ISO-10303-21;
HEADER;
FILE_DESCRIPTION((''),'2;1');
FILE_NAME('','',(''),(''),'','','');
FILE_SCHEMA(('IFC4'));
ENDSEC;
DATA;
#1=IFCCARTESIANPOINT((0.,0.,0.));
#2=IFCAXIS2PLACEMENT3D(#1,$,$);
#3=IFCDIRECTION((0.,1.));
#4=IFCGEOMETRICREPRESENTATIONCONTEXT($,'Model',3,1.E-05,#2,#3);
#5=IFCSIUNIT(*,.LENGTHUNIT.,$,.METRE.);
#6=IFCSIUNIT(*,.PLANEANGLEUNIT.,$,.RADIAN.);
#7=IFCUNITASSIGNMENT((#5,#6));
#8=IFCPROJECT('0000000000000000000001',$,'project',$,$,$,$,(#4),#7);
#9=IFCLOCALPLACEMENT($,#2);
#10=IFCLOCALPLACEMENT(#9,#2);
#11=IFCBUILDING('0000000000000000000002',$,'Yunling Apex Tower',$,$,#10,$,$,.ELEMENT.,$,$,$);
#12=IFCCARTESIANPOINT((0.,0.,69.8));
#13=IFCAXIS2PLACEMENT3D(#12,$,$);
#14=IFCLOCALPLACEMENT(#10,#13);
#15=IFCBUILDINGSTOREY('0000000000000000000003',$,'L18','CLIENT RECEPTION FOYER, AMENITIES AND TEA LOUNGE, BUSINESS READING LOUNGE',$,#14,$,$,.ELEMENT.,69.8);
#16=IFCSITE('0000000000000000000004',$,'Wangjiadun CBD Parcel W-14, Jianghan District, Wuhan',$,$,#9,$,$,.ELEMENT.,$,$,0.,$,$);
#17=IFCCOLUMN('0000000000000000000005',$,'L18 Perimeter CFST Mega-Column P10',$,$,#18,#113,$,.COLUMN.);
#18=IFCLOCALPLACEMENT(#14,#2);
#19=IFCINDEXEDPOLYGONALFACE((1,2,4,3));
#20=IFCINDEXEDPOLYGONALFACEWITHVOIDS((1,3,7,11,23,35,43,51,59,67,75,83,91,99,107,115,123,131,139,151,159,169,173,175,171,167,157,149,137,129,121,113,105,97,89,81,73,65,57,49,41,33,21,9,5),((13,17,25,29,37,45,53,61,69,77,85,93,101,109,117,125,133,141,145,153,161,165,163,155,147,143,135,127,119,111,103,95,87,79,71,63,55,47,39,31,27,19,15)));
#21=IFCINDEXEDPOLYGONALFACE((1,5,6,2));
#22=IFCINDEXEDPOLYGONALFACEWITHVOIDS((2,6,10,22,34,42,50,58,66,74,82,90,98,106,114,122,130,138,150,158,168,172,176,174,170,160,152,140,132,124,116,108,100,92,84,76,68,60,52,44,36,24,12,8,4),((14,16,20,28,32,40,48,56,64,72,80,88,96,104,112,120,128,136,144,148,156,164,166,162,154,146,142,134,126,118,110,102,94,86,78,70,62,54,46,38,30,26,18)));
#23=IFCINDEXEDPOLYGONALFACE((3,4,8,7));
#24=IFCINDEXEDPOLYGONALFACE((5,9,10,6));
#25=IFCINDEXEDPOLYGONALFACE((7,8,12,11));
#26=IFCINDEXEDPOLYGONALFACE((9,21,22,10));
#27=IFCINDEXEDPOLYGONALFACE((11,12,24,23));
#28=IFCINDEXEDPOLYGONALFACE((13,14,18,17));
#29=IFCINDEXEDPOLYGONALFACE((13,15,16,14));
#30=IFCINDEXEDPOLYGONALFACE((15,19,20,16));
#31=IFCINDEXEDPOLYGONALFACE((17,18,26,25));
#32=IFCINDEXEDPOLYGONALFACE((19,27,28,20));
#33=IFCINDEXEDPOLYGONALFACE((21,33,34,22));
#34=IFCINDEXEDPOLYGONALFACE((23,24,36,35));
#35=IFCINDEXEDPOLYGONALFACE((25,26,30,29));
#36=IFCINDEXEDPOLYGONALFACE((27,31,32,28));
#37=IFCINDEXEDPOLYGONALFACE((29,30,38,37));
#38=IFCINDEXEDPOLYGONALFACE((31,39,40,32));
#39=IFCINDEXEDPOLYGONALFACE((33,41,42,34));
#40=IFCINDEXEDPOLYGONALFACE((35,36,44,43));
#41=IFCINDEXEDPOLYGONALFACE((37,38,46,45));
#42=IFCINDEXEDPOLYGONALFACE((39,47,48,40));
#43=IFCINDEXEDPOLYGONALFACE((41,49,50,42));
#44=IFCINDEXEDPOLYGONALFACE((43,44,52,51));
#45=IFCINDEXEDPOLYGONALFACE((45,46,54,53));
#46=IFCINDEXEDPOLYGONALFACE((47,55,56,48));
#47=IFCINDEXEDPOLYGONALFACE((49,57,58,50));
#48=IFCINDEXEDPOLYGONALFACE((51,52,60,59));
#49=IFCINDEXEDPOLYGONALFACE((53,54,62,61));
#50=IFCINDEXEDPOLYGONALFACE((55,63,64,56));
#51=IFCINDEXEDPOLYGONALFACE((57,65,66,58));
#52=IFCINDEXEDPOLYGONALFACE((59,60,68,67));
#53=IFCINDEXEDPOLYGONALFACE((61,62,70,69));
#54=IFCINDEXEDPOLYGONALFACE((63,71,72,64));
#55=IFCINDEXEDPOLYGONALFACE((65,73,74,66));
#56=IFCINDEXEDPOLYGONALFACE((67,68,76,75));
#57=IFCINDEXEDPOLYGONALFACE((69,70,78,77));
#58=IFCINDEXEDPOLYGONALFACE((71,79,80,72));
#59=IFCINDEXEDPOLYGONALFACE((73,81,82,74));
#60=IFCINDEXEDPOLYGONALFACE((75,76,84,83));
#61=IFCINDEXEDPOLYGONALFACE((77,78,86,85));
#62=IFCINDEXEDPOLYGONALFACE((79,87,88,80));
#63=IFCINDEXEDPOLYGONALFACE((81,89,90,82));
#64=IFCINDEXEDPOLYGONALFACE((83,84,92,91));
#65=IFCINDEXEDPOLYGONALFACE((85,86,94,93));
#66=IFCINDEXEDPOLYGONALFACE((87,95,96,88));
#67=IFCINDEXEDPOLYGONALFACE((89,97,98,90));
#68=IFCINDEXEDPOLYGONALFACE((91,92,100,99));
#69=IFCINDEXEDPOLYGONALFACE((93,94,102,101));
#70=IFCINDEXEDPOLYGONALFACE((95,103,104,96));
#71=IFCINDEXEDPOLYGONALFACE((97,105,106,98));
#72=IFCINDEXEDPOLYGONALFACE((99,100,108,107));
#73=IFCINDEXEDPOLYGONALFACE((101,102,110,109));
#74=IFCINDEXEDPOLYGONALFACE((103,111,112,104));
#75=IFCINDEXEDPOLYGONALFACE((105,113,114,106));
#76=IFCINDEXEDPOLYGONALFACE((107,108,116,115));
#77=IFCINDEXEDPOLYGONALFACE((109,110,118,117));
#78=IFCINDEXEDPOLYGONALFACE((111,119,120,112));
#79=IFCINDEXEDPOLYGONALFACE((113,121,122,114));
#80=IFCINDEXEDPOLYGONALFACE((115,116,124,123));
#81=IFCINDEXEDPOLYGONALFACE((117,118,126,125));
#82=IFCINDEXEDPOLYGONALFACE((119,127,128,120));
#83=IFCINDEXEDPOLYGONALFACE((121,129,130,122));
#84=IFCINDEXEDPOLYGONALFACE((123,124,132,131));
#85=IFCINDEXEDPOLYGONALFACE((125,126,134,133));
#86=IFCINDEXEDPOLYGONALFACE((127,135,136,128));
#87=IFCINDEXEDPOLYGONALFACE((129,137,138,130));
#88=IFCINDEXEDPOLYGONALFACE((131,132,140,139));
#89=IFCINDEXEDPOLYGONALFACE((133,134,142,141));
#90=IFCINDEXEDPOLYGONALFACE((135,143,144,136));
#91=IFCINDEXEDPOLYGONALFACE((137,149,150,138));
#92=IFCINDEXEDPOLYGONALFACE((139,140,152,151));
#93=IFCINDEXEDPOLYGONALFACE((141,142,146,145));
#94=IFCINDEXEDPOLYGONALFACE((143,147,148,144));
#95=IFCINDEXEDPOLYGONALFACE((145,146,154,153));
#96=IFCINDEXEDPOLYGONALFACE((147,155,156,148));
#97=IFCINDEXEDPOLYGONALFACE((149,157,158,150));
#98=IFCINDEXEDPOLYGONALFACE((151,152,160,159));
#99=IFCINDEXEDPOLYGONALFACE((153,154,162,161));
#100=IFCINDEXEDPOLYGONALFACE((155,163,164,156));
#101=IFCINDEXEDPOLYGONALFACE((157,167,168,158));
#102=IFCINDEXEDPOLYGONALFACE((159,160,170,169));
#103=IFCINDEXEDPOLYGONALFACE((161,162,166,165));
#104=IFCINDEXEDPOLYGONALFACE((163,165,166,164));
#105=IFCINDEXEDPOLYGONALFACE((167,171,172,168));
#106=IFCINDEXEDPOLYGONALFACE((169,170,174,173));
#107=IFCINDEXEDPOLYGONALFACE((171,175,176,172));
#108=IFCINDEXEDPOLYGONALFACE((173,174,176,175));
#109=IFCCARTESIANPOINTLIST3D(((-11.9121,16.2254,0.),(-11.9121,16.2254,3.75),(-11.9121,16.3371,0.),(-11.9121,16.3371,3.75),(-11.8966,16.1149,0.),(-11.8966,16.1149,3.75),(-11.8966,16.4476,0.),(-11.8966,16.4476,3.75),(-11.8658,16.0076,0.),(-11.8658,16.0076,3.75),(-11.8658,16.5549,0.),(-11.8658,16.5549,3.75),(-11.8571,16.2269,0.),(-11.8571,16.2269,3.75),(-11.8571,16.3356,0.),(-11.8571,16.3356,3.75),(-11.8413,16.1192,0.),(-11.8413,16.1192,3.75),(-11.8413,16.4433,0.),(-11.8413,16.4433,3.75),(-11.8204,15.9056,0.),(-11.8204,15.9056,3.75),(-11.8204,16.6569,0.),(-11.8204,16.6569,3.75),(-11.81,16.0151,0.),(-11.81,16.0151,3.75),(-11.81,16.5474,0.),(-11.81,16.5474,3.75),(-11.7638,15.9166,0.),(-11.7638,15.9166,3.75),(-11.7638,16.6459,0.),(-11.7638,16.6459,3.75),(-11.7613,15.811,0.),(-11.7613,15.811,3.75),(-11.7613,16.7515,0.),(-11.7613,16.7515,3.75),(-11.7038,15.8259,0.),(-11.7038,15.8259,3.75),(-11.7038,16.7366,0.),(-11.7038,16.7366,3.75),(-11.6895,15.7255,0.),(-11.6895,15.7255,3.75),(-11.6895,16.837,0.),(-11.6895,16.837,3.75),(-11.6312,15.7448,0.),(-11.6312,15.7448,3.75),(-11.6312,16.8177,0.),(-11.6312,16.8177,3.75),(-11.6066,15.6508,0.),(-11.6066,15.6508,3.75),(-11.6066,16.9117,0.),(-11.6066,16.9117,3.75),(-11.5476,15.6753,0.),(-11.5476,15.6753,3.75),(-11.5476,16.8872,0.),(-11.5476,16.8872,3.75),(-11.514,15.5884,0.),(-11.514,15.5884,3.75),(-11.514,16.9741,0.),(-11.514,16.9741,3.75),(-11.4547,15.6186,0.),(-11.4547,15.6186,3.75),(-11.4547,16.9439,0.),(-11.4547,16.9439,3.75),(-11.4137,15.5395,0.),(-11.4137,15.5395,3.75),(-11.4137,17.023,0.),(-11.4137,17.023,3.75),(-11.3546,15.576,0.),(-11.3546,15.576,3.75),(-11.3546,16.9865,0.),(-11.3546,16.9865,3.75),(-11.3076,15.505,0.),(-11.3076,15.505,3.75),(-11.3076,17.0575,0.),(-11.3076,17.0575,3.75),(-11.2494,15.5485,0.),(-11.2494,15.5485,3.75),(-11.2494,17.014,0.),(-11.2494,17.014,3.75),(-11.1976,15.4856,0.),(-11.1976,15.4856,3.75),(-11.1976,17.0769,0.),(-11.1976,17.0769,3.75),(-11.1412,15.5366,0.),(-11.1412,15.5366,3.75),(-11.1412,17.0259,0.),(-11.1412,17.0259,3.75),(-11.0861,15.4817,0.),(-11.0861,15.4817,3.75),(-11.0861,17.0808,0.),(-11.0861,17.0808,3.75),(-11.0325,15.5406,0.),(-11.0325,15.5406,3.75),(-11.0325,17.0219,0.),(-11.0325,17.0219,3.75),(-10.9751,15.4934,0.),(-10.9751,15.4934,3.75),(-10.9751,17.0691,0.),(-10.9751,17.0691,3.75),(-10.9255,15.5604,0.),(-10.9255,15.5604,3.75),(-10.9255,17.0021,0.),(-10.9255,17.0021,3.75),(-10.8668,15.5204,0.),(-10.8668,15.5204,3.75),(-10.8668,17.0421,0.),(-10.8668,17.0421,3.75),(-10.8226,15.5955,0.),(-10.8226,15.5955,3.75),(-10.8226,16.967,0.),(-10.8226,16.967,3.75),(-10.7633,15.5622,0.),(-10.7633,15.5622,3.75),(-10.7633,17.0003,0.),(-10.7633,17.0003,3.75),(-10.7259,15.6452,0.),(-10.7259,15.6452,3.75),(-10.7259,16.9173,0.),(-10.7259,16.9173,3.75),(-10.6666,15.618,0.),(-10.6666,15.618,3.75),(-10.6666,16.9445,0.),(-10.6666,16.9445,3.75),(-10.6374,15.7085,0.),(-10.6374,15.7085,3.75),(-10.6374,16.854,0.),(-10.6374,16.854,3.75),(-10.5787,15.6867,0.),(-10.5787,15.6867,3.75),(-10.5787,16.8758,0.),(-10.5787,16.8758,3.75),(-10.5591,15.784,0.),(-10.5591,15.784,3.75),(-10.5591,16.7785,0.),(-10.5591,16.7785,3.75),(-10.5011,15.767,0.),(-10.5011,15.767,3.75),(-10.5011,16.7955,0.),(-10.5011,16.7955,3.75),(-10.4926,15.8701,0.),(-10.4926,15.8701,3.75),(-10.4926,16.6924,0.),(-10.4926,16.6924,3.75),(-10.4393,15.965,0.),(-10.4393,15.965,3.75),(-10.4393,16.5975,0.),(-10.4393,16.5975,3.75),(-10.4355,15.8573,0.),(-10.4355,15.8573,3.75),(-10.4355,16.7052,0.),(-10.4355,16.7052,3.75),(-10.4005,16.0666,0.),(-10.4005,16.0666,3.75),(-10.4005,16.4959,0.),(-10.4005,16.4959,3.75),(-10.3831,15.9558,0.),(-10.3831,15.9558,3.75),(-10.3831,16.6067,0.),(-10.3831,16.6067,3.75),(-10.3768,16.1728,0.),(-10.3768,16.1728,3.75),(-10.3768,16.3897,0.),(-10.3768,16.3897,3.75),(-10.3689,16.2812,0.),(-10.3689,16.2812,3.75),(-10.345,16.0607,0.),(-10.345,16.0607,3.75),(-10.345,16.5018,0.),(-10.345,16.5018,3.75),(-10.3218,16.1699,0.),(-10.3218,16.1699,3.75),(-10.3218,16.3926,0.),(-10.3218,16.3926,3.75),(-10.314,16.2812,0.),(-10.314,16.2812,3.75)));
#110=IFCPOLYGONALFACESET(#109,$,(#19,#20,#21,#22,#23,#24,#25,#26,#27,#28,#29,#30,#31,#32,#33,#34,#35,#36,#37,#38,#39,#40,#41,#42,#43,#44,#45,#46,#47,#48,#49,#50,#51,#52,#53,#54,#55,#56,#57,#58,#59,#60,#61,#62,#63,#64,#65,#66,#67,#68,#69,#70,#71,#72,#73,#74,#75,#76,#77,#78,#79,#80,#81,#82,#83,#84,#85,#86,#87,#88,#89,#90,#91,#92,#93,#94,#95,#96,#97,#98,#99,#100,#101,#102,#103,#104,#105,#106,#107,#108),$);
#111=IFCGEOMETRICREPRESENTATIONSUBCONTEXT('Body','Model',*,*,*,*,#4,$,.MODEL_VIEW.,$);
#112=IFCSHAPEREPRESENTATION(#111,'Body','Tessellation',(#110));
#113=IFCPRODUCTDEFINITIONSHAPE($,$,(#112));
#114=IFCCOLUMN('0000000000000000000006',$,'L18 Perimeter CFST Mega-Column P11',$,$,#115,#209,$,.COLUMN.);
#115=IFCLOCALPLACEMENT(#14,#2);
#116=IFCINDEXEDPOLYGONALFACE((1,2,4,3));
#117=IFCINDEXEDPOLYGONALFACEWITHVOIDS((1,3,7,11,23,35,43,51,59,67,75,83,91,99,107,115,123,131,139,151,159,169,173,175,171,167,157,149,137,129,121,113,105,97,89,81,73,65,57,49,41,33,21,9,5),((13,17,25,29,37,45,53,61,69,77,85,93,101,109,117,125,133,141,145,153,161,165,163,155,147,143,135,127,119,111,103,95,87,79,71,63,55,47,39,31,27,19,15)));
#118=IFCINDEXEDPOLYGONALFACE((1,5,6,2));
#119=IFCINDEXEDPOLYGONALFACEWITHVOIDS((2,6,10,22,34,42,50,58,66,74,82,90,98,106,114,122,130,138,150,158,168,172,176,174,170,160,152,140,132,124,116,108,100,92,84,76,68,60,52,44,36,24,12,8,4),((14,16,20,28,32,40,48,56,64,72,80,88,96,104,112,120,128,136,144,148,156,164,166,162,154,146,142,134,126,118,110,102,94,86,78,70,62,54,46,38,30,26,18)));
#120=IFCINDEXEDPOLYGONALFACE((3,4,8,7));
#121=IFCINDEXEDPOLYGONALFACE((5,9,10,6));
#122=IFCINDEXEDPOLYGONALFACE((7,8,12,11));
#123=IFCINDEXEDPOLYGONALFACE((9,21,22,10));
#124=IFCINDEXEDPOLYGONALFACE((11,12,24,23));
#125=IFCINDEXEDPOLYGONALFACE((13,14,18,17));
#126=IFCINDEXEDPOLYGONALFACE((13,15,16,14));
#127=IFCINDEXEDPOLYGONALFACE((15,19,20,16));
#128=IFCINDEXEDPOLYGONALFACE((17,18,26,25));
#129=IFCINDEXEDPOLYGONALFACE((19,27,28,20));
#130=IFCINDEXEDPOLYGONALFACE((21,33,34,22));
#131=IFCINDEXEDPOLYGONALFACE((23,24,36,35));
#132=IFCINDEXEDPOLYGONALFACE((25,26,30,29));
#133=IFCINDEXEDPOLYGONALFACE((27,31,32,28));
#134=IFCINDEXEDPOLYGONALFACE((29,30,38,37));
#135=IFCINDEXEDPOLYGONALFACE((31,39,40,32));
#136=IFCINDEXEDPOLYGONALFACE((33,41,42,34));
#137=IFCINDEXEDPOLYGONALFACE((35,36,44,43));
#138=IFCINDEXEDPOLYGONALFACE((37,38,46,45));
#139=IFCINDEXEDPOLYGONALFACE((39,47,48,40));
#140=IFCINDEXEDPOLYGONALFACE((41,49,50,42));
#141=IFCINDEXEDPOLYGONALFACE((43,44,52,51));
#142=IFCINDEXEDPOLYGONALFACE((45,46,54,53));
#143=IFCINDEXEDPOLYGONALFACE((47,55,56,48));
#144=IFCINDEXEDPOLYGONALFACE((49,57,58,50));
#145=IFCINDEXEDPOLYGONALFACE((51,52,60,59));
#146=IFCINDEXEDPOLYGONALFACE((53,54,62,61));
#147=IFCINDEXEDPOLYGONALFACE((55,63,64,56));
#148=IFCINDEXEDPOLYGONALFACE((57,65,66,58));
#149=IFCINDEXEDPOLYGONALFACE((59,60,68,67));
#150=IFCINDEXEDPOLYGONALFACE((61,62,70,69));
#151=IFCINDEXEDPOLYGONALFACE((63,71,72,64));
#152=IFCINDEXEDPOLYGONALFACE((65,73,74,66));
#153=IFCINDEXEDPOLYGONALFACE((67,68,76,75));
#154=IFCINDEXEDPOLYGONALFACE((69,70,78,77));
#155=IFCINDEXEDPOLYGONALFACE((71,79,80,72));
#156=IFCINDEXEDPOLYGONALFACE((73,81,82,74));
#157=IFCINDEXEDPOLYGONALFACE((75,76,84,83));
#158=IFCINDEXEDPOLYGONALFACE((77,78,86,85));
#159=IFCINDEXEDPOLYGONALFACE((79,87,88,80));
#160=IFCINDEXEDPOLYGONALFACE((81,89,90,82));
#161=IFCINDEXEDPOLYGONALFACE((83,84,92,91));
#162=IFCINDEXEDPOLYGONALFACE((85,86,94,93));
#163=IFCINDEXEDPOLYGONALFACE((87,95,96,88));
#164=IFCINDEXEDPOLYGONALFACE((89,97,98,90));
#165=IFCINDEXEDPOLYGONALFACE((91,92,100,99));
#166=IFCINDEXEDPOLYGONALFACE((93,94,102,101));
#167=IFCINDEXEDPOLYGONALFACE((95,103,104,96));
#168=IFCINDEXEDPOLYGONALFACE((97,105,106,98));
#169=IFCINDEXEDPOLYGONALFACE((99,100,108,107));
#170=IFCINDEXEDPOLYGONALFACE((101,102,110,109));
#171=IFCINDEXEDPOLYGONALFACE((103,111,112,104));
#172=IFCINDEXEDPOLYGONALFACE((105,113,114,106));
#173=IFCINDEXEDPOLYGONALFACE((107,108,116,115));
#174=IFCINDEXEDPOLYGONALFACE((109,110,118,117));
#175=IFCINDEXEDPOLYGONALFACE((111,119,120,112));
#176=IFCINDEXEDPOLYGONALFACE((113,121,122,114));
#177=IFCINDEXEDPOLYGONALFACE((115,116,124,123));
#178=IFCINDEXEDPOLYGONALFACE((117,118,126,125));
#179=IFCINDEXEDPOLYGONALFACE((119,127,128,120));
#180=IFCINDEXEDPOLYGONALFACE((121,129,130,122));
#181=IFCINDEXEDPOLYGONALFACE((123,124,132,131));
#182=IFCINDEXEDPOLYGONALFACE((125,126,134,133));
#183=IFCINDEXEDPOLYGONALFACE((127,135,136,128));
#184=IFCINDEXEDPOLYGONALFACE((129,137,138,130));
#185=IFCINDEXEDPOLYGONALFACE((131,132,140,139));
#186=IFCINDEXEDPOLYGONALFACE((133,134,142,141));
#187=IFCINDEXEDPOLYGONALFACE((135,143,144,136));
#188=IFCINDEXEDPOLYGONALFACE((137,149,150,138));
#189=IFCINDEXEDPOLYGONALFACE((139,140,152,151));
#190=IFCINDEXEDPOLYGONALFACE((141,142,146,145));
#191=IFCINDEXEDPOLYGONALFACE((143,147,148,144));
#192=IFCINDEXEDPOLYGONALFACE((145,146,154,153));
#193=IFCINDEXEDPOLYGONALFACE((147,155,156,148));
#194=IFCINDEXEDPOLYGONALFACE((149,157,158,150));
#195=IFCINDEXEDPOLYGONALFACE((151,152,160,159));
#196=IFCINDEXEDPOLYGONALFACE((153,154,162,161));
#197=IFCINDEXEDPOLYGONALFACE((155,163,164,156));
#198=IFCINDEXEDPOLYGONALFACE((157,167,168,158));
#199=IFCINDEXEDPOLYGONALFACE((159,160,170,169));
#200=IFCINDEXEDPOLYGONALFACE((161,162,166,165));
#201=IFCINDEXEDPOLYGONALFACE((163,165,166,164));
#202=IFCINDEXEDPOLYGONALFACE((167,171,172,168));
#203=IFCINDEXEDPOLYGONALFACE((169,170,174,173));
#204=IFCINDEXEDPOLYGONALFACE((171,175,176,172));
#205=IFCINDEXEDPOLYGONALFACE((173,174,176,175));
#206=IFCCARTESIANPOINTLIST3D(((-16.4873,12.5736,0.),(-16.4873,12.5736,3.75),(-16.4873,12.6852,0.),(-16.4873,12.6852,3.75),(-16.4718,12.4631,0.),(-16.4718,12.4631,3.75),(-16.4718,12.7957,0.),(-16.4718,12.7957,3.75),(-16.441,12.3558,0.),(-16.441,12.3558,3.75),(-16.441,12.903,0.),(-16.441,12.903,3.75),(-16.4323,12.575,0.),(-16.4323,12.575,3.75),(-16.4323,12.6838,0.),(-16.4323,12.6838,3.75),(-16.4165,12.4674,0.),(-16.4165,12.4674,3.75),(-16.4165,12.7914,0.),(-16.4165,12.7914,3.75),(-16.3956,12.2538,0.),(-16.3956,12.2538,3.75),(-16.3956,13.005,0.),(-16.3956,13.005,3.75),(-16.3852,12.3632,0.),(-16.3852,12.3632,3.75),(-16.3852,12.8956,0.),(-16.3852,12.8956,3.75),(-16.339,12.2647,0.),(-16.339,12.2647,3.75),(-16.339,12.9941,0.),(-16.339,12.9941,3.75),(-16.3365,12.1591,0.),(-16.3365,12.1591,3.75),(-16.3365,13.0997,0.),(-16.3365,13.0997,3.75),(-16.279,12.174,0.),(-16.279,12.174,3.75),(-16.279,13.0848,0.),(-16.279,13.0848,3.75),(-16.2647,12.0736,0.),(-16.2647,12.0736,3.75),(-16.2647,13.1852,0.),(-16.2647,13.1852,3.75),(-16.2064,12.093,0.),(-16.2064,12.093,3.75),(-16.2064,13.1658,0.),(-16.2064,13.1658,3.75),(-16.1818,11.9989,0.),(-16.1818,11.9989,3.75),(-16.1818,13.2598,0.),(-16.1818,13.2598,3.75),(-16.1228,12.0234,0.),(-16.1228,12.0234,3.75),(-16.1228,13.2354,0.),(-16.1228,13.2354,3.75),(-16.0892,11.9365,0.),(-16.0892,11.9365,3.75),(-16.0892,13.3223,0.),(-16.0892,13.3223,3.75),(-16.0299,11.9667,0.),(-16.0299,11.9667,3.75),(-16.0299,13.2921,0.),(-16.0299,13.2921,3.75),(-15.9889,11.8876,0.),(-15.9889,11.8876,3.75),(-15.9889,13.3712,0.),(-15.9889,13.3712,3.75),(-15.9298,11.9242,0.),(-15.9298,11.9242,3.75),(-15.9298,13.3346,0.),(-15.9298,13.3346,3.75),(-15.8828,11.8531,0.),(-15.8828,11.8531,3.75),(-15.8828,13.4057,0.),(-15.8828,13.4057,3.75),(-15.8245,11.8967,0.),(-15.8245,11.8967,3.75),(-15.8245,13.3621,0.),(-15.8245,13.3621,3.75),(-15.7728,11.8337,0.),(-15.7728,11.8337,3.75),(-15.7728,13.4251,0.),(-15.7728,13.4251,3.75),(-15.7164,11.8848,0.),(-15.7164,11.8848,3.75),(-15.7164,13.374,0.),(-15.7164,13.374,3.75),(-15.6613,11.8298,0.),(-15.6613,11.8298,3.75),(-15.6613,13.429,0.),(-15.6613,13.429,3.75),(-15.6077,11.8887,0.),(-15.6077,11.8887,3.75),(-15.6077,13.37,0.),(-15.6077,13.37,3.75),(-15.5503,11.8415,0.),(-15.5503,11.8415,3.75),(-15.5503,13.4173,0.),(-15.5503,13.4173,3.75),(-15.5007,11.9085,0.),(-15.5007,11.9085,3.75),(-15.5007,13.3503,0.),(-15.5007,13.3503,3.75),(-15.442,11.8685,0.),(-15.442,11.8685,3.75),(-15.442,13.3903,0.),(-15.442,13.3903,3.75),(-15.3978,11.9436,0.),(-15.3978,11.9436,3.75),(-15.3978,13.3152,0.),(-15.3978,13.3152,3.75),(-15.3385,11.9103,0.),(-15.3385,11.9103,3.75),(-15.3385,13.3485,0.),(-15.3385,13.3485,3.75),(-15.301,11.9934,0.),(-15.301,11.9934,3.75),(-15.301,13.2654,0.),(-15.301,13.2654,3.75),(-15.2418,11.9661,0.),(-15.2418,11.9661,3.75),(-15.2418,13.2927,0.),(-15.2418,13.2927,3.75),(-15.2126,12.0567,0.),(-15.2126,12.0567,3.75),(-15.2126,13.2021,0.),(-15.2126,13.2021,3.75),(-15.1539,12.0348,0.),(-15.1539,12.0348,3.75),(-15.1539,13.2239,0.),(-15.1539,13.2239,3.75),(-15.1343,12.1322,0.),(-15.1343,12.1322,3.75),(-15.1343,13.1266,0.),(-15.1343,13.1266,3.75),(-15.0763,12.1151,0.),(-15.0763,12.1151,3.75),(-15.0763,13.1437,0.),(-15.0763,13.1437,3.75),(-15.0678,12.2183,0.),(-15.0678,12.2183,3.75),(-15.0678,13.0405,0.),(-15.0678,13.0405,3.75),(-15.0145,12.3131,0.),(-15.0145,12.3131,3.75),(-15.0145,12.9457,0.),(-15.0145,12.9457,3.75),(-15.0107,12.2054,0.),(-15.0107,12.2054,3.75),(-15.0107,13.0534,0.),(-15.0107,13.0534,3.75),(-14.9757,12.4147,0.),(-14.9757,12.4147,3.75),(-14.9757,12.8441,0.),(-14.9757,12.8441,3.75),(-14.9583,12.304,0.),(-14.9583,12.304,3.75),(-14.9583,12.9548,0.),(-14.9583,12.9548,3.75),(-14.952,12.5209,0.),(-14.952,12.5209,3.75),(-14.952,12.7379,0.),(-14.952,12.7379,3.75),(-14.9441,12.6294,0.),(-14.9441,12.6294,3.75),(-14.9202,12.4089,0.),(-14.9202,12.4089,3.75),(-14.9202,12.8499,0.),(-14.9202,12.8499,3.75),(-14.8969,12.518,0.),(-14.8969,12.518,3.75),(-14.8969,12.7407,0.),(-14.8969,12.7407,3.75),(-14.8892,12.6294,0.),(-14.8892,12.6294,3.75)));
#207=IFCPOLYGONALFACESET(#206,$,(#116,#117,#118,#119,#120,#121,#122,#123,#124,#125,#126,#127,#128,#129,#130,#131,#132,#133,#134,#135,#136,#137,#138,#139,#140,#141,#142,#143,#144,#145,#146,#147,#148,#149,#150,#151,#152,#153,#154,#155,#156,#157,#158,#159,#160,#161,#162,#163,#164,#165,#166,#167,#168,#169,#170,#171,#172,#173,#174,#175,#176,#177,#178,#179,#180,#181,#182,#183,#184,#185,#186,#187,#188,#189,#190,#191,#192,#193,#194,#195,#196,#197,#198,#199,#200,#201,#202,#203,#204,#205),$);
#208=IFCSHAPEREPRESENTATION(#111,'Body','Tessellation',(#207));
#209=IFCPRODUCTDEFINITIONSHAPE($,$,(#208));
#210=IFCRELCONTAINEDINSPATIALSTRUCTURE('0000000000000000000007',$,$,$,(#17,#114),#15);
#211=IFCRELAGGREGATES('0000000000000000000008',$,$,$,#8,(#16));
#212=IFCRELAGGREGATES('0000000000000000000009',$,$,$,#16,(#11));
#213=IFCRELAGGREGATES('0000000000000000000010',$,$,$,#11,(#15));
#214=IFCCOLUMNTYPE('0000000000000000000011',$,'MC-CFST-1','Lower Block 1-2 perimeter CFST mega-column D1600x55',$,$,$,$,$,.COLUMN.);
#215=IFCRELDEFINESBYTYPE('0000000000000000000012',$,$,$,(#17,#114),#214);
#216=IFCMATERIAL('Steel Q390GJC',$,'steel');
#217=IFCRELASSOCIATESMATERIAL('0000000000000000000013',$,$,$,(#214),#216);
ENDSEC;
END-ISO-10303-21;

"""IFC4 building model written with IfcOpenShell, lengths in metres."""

from ifc_helpers import new_model, si_unit, direction, frame, origin, origin_2d, place, context, subcontext, project, spatial, hollow_circle, extrude, source, transform, mapped, material, material_profile, profile_set, type_object, element, save


model = new_model("IFC4")

# Units and contexts
model_context = context("Model", 3, precision=1e-05, world=origin(), true_north=direction((0.0, 1.0)))
body_context = subcontext(model_context, "Body", "Model", "MODEL_VIEW")
ifc_project = project(units=[si_unit("LENGTHUNIT", "METRE"), si_unit("PLANEANGLEUNIT", "RADIAN")], contexts=[model_context])

# Site, building, storey
site_placement = place(None, origin())
site = spatial("IfcSite", under=ifc_project, at=site_placement, Name="Wangjiadun CBD Parcel W-14, Jianghan District, Wuhan", CompositionType="ELEMENT", RefElevation=0.0)
building_placement = place(site_placement, origin())
building = spatial("IfcBuilding", under=site, at=building_placement, Name="Yunling Apex Tower", CompositionType="ELEMENT")
storey_placement = place(building_placement, frame((0.0, 0.0, 69.8)))
storey = spatial("IfcBuildingStorey", under=building, at=storey_placement, Name="L18", Description="CLIENT RECEPTION FOYER, AMENITIES AND TEA LOUNGE, BUSINESS READING LOUNGE", CompositionType="ELEMENT", Elevation=69.8)

# Columns
ifc_material_1 = material(Name="Steel Q390GJC", Category="steel")
ifc_material_profile_1 = material_profile(ifc_material_1, hollow_circle(Radius=0.8, WallThickness=0.0549, at=origin_2d()))
ifc_profile_set_1 = profile_set([ifc_material_profile_1], Name="Steel Q390GJC")
column_type = type_object("IfcColumnType", Name="MC-CFST-1", Description="Lower Block 1-2 perimeter CFST mega-column D1600x55", PredefinedType="COLUMN", material=ifc_profile_set_1)
shared_shape_1 = source(origin(), body_context, "Body", "SweptSolid", [
    extrude(hollow_circle(Radius=0.8, WallThickness=0.0549, at=origin_2d()), origin(), (0.0, 0.0, 1.0), 3.75),
])
for number, where, z_axis, x_axis, name in (
    (1, (-11.114, 16.2812, 0.0), (0.0, 0.0, 1.0), (1.0, 0.0, 0.0), "L18 Perimeter CFST Mega-Column P10"),
    (2, (-15.6892, 12.6294, 0.0), (0.0, 0.0, 1.0), (1.0, 0.0, 0.0), "L18 Perimeter CFST Mega-Column P11"),
):
    element("IfcColumn", number, at=place(storey_placement, frame(where, z_axis=z_axis, x_axis=x_axis)), inside=storey, type_object=column_type, Name=name, PredefinedType="COLUMN", context=body_context, shape_type="MappedRepresentation", body=[
        mapped(shared_shape_1, transform((0.0, 0.0, 0.0), scale=1.0)),
    ])

save(model, "model.ifc")
